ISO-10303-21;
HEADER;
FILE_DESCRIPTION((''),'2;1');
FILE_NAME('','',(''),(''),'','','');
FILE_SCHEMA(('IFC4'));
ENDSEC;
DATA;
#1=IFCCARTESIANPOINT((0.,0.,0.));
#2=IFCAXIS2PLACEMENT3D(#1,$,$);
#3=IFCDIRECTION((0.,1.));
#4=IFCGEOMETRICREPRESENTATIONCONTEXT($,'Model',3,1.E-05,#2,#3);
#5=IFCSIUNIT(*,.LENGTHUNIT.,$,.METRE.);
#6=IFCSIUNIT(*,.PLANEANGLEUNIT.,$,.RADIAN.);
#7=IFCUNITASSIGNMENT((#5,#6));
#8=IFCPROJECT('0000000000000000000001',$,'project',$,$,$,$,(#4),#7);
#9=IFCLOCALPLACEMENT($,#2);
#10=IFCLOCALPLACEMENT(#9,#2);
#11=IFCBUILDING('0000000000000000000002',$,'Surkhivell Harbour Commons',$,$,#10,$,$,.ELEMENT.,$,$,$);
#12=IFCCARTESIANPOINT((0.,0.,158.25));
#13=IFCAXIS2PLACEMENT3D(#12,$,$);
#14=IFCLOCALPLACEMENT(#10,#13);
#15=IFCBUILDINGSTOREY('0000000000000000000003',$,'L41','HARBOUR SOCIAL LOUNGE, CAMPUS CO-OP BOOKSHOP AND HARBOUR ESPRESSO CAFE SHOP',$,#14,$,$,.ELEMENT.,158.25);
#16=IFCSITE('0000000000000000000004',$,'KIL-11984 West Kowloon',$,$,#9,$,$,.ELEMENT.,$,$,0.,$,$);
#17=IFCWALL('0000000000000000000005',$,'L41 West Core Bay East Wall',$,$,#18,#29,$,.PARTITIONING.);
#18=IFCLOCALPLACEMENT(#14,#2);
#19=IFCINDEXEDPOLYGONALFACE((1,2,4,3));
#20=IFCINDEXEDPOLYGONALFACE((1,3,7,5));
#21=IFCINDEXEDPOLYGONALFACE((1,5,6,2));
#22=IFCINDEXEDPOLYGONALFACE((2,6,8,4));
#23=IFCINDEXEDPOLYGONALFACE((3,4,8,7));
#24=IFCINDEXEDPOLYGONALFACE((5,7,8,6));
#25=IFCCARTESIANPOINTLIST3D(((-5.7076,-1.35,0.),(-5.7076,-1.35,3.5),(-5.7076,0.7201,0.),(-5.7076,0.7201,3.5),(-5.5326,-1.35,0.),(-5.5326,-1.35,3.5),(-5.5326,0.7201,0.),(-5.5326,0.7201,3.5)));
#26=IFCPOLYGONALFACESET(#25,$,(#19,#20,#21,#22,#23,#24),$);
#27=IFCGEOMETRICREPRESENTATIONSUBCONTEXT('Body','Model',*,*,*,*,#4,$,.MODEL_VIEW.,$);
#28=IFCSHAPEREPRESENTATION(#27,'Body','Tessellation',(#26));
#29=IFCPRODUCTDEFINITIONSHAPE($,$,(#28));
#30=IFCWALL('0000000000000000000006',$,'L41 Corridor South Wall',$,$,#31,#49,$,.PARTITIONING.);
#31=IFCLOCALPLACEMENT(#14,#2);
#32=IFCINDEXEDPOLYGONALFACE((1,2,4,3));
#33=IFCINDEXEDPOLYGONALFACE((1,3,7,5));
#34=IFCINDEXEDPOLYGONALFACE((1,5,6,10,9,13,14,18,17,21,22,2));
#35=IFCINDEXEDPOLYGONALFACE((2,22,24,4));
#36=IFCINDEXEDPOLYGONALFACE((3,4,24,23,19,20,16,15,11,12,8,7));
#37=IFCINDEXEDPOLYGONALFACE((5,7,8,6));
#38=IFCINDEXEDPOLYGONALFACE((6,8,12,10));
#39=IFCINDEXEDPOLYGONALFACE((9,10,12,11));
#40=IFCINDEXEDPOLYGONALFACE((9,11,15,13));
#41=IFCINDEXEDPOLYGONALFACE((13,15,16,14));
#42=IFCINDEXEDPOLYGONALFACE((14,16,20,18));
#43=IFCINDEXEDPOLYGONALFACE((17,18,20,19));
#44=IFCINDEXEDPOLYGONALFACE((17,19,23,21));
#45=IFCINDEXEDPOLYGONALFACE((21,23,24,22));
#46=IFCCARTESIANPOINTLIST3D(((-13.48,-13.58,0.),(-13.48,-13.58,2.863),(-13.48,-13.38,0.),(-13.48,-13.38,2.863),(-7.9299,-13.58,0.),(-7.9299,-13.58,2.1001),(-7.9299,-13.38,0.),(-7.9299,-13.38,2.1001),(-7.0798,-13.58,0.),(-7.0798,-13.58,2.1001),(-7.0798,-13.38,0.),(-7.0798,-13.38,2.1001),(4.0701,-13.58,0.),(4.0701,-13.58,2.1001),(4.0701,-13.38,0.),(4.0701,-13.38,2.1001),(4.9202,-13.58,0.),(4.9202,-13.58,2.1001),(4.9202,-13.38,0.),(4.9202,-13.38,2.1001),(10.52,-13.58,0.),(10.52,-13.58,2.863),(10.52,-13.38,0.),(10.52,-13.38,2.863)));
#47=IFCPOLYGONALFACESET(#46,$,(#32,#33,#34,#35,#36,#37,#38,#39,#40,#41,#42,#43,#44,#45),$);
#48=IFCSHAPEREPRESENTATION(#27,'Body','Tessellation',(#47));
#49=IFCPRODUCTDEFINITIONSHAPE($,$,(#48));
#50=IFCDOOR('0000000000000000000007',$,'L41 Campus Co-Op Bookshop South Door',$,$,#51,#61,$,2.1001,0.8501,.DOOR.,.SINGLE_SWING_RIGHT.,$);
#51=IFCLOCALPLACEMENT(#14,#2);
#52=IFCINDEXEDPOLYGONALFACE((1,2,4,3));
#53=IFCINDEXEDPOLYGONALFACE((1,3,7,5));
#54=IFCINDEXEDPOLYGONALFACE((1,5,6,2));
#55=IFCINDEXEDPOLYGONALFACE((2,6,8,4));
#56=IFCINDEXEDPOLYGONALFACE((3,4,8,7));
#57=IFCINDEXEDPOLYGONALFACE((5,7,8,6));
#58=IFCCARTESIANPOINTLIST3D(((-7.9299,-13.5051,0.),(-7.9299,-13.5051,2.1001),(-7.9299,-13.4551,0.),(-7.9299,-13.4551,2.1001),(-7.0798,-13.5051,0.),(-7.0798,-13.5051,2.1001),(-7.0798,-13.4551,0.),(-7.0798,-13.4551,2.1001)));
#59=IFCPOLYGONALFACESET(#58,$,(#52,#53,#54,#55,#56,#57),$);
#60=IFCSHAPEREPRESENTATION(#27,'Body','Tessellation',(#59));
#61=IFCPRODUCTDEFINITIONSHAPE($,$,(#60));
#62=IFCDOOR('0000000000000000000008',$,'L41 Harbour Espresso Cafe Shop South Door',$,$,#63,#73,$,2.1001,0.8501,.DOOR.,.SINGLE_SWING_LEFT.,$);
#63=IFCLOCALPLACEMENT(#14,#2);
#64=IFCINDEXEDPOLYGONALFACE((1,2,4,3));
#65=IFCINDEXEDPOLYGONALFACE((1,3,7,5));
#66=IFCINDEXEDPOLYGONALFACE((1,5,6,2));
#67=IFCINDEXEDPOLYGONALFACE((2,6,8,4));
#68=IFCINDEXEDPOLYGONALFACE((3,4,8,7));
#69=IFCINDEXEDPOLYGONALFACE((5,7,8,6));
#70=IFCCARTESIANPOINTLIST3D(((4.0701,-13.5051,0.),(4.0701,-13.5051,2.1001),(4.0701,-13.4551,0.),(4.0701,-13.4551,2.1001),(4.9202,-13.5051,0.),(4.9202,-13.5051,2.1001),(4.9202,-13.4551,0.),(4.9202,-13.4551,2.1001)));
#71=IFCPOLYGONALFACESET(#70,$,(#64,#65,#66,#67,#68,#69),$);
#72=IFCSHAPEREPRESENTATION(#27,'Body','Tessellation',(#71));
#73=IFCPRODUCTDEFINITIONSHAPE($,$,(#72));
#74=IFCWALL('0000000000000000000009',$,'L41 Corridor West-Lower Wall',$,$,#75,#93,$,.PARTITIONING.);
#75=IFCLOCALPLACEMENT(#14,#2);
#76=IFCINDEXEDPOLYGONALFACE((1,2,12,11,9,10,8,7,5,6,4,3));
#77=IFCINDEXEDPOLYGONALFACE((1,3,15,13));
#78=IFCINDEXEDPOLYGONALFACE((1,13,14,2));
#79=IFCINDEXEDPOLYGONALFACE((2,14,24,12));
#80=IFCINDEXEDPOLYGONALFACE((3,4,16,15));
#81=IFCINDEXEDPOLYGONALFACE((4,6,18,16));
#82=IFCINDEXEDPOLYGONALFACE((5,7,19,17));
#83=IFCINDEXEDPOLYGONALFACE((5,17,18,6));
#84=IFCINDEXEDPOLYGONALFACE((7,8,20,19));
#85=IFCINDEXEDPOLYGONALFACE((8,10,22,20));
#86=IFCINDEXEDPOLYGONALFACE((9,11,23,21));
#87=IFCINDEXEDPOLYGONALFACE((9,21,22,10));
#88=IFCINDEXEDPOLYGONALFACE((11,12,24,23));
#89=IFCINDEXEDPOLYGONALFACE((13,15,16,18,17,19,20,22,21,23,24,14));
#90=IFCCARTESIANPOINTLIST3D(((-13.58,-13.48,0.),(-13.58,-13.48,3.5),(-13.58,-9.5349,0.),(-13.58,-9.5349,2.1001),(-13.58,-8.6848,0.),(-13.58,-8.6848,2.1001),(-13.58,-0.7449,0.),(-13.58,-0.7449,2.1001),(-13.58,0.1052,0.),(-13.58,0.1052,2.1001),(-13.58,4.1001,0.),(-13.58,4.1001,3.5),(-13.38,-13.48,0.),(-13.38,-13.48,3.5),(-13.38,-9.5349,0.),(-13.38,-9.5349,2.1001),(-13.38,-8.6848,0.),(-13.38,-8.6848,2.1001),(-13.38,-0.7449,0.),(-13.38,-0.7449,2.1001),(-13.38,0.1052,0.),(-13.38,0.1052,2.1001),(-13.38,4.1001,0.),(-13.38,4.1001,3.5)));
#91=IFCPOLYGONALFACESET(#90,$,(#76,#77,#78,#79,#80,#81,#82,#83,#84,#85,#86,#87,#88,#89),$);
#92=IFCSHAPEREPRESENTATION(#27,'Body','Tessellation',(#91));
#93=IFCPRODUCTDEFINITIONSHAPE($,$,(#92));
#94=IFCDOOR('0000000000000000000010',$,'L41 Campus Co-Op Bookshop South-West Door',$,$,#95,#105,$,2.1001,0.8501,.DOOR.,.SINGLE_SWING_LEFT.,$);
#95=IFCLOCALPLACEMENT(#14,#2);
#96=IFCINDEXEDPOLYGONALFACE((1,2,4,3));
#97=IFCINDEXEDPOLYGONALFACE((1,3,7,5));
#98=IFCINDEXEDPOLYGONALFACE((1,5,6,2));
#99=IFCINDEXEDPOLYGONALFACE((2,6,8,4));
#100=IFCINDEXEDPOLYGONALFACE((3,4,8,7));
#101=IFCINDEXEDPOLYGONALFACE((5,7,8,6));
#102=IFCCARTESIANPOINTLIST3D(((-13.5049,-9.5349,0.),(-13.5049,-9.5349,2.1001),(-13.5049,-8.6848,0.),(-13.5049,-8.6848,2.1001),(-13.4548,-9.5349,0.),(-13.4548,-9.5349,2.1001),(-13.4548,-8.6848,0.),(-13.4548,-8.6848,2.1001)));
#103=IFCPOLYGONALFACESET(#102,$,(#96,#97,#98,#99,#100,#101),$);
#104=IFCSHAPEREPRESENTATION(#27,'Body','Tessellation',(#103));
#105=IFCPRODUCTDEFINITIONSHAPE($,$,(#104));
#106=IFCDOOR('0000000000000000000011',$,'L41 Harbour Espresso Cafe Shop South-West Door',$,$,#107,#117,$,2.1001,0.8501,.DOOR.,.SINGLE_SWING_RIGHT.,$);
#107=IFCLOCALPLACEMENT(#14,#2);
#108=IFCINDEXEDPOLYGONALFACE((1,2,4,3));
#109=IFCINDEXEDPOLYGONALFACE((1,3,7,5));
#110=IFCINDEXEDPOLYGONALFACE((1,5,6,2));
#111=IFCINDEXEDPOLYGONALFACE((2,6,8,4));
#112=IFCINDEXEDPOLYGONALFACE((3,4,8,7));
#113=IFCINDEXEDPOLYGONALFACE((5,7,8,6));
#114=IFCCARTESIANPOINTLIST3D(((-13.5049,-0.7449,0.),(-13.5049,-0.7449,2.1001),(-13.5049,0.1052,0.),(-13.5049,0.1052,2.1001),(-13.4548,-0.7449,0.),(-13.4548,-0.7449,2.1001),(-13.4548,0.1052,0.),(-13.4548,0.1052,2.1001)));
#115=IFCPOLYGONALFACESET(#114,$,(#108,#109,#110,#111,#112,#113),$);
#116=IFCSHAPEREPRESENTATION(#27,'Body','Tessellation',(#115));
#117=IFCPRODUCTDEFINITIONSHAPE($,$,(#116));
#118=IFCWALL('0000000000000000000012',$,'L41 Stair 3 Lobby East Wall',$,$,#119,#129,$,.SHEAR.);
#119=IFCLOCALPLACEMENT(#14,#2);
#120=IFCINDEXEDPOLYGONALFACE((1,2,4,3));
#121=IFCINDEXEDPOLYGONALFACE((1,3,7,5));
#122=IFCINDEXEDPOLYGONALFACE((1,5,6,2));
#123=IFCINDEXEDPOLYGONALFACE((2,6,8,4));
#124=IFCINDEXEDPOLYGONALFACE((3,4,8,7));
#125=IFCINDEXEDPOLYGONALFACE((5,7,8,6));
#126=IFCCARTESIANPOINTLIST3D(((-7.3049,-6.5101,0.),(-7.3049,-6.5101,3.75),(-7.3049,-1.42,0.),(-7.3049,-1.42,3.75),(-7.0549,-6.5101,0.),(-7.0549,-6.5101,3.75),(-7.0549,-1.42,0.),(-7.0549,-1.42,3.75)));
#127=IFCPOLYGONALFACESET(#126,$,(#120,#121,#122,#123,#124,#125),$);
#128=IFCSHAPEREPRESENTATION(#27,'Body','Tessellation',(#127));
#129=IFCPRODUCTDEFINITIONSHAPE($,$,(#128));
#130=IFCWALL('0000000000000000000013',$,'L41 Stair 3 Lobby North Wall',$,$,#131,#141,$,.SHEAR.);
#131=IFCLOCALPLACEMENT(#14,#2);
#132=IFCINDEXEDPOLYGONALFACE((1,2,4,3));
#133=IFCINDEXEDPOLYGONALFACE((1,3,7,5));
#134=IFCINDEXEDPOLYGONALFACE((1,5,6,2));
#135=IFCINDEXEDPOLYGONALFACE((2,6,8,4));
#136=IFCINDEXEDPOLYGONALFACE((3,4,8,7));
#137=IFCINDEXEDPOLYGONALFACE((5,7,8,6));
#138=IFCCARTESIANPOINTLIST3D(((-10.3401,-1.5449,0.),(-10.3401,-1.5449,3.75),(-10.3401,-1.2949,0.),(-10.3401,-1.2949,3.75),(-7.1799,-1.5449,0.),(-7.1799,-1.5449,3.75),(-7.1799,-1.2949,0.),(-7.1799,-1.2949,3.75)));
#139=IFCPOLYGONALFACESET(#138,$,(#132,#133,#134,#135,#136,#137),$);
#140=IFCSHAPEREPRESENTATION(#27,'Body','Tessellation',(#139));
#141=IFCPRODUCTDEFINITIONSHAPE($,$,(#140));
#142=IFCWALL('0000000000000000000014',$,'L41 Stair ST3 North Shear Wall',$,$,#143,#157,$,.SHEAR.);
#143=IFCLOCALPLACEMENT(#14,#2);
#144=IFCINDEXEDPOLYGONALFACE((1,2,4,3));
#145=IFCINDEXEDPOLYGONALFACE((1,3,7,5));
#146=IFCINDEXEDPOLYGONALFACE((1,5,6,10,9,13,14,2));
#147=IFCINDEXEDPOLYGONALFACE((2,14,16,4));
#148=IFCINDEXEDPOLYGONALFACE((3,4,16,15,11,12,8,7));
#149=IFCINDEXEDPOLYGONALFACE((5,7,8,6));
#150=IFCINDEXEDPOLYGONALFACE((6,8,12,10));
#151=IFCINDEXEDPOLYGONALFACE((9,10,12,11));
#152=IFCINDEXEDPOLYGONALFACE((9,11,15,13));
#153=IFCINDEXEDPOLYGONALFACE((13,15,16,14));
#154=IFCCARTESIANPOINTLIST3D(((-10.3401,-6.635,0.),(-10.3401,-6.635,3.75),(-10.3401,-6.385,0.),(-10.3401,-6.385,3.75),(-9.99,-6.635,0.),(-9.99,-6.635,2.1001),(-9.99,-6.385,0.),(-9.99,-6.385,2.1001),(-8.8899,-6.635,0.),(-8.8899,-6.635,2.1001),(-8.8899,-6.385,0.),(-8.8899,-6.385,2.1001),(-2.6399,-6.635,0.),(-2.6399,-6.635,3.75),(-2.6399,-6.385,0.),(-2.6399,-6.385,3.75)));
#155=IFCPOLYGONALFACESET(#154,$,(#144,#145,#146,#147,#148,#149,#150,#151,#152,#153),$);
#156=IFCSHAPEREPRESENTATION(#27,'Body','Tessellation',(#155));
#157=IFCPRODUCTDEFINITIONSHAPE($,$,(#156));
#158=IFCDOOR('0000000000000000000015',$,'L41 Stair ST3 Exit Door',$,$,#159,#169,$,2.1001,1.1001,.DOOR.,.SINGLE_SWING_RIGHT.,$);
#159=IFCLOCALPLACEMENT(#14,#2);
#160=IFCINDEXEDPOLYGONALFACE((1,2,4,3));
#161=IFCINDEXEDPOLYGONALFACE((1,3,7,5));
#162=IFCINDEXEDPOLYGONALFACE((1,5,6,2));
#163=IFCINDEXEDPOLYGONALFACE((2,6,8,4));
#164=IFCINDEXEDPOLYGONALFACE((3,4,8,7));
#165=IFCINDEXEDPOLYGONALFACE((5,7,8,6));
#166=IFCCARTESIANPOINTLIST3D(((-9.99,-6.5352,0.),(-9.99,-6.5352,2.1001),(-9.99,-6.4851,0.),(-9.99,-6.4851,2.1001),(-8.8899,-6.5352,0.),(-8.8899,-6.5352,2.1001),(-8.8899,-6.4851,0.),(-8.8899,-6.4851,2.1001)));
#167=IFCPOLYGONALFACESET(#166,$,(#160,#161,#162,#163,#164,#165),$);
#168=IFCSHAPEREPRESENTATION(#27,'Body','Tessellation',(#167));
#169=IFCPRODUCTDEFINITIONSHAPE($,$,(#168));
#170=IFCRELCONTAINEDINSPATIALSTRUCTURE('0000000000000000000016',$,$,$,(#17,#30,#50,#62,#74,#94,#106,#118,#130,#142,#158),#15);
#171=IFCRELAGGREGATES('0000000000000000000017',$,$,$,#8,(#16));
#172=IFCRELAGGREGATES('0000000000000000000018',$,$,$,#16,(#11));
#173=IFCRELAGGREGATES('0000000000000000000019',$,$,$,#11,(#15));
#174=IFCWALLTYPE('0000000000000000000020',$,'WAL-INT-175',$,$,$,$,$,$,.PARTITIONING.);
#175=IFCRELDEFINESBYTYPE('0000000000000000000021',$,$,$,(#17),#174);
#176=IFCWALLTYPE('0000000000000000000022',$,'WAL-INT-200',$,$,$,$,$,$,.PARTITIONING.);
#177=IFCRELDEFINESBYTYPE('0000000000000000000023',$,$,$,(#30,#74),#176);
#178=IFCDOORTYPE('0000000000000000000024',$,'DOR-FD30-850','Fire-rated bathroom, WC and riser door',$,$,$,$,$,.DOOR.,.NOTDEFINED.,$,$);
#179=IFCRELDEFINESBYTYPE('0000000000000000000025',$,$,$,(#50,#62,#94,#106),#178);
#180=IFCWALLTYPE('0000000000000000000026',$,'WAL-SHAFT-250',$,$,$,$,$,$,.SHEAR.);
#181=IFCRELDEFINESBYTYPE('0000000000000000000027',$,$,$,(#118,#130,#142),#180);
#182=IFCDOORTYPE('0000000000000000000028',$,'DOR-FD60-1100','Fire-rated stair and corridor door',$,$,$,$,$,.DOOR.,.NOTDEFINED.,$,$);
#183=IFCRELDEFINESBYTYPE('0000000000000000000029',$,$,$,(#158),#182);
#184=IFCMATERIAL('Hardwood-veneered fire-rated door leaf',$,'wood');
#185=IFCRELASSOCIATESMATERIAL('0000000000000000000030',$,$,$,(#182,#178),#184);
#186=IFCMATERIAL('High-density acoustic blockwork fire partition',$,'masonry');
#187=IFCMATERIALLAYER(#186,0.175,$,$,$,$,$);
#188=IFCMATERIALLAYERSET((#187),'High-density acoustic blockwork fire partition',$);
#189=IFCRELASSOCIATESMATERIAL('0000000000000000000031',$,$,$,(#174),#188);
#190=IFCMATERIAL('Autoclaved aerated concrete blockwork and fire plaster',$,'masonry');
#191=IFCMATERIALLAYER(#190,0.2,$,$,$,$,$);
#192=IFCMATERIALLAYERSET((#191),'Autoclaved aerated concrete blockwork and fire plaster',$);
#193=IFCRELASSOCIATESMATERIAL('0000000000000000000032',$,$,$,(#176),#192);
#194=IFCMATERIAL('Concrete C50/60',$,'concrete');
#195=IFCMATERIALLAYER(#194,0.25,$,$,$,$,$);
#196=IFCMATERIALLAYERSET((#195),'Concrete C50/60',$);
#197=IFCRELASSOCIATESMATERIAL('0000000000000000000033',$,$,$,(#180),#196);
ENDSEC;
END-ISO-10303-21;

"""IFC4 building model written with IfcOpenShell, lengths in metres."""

from ifc_helpers import new_model, si_unit, direction, frame, frame_2d, origin, place, context, subcontext, project, spatial, rectangle, extrude, material, layer, layer_set, type_object, element, fill, save


model = new_model("IFC4")

# Units and contexts
model_context = context("Model", 3, precision=1e-05, world=origin(), true_north=direction((0.0, 1.0)))
body_context = subcontext(model_context, "Body", "Model", "MODEL_VIEW")
ifc_project = project(units=[si_unit("LENGTHUNIT", "METRE"), si_unit("PLANEANGLEUNIT", "RADIAN")], contexts=[model_context])

# Site, building, storey
site_placement = place(None, origin())
site = spatial("IfcSite", under=ifc_project, at=site_placement, Name="KIL-11984 West Kowloon", CompositionType="ELEMENT", RefElevation=0.0)
building_placement = place(site_placement, origin())
building = spatial("IfcBuilding", under=site, at=building_placement, Name="Surkhivell Harbour Commons", CompositionType="ELEMENT")
storey_placement = place(building_placement, frame((0.0, 0.0, 158.25)))
storey = spatial("IfcBuildingStorey", under=building, at=storey_placement, Name="L41", Description="HARBOUR SOCIAL LOUNGE, CAMPUS CO-OP BOOKSHOP AND HARBOUR ESPRESSO CAFE SHOP", CompositionType="ELEMENT", Elevation=158.25)

# Shared definitions
ifc_material_1 = material(Name="Hardwood-veneered fire-rated door leaf", Category="wood")
door_type_1 = type_object("IfcDoorType", Name="DOR-FD60-1100", Description="Fire-rated stair and corridor door", OperationType="NOTDEFINED", PredefinedType="DOOR", material=ifc_material_1)

# Shared definitions
door_type_2 = type_object("IfcDoorType", Name="DOR-FD30-850", Description="Fire-rated bathroom, WC and riser door", OperationType="NOTDEFINED", PredefinedType="DOOR", material=ifc_material_1)

# Wall
ifc_material_2 = material(Name="High-density acoustic blockwork fire partition", Category="masonry")
ifc_layer_1 = layer(ifc_material_2, 0.175)
ifc_layer_set_1 = layer_set([ifc_layer_1], Name="High-density acoustic blockwork fire partition")
wall_type_1 = type_object("IfcWallType", Name="WAL-INT-175", PredefinedType="PARTITIONING", material=ifc_layer_set_1)
wall_1_placement = place(storey_placement, frame((-5.6201, -1.3501, 0.0), z_axis=(0.0, 0.0, 1.0), x_axis=(0.0, 1.0, 0.0)))
element("IfcWall", 1, at=wall_1_placement, inside=storey, type_object=wall_type_1, Name="L41 West Core Bay East Wall", PredefinedType="PARTITIONING", context=body_context, shape_type="SweptSolid", body=[
    extrude(rectangle(XDim=2.0701, YDim=0.175, at=frame_2d((1.0352, 0.0))), origin(), (0.0, 0.0, 1.0), 3.5),
])

# Walls, openings, doors
ifc_material_3 = material(Name="Autoclaved aerated concrete blockwork and fire plaster", Category="masonry")
ifc_layer_2 = layer(ifc_material_3, 0.2)
ifc_layer_set_2 = layer_set([ifc_layer_2], Name="Autoclaved aerated concrete blockwork and fire plaster")
wall_type_2 = type_object("IfcWallType", Name="WAL-INT-200", PredefinedType="PARTITIONING", material=ifc_layer_set_2)
wall_2_placement = place(storey_placement, frame((-13.48, -13.48, 0.0), z_axis=(0.0, 0.0, 1.0), x_axis=(1.0, 0.0, 0.0)))
wall_2 = element("IfcWall", 2, at=wall_2_placement, inside=storey, type_object=wall_type_2, Name="L41 Corridor South Wall", PredefinedType="PARTITIONING", context=body_context, shape_type="SweptSolid", body=[
    extrude(rectangle(XDim=24.0, YDim=0.2, at=frame_2d((12.0, 0.0))), origin(), (0.0, 0.0, 1.0), 2.863),
])
opening_1_placement = place(wall_2_placement, frame((5.55, 0.0, 0.0)))
opening_1 = element("IfcOpeningElement", 3, at=opening_1_placement, cuts=wall_2, PredefinedType="OPENING", context=body_context, shape_type="SweptSolid", body=[
    extrude(rectangle(XDim=0.8501, YDim=2.1001, at=frame_2d((0.425, 1.05))), frame((0.0, 0.1099, 0.0), z_axis=(0.0, -1.0, 0.0), x_axis=(1.0, 0.0, 0.0)), (0.0, 0.0, 1.0), 0.22),
])
opening_2_placement = place(wall_2_placement, frame((17.55, 0.0, 0.0)))
opening_2 = element("IfcOpeningElement", 4, at=opening_2_placement, cuts=wall_2, PredefinedType="OPENING", context=body_context, shape_type="SweptSolid", body=[
    extrude(rectangle(XDim=0.8501, YDim=2.1001, at=frame_2d((0.425, 1.05))), frame((0.0, 0.1099, 0.0), z_axis=(0.0, -1.0, 0.0), x_axis=(1.0, 0.0, 0.0)), (0.0, 0.0, 1.0), 0.22),
])
door_1_placement = place(opening_1_placement, origin())
door_1 = element("IfcDoor", 5, at=door_1_placement, inside=storey, type_object=door_type_2, Name="L41 Campus Co-Op Bookshop South Door", OperationType="SINGLE_SWING_RIGHT", OverallHeight=2.1001, OverallWidth=0.8501, PredefinedType="DOOR", context=body_context, shape_type="SweptSolid", body=[
    extrude(rectangle(XDim=0.8501, YDim=2.1001, at=frame_2d((0.425, 1.05))), frame((0.0, 0.0249, 0.0), z_axis=(0.0, -1.0, 0.0), x_axis=(1.0, 0.0, 0.0)), (0.0, 0.0, 1.0), 0.05),
])
fill(opening_1, door_1)
door_2_placement = place(opening_2_placement, origin())
door_2 = element("IfcDoor", 6, at=door_2_placement, inside=storey, type_object=door_type_2, Name="L41 Harbour Espresso Cafe Shop South Door", OperationType="SINGLE_SWING_LEFT", OverallHeight=2.1001, OverallWidth=0.8501, PredefinedType="DOOR", context=body_context, shape_type="SweptSolid", body=[
    extrude(rectangle(XDim=0.8501, YDim=2.1001, at=frame_2d((0.425, 1.05))), frame((0.0, 0.0249, 0.0), z_axis=(0.0, -1.0, 0.0), x_axis=(1.0, 0.0, 0.0)), (0.0, 0.0, 1.0), 0.05),
])
fill(opening_2, door_2)
wall_3_placement = place(storey_placement, frame((-13.48, -13.48, 0.0), z_axis=(0.0, 0.0, 1.0), x_axis=(0.0, 1.0, 0.0)))
wall_3 = element("IfcWall", 7, at=wall_3_placement, inside=storey, type_object=wall_type_2, Name="L41 Corridor West-Lower Wall", PredefinedType="PARTITIONING", context=body_context, shape_type="SweptSolid", body=[
    extrude(rectangle(XDim=17.5801, YDim=0.2, at=frame_2d((8.79, 0.0))), origin(), (0.0, 0.0, 1.0), 3.5),
])
opening_3_placement = place(wall_3_placement, frame((3.9451, 0.0, 0.0)))
opening_3 = element("IfcOpeningElement", 8, at=opening_3_placement, cuts=wall_3, PredefinedType="OPENING", context=body_context, shape_type="SweptSolid", body=[
    extrude(rectangle(XDim=0.8501, YDim=2.1001, at=frame_2d((0.425, 1.05))), frame((0.0, 0.1099, 0.0), z_axis=(0.0, -1.0, 0.0), x_axis=(1.0, 0.0, 0.0)), (0.0, 0.0, 1.0), 0.22),
])
opening_4_placement = place(wall_3_placement, frame((12.7351, 0.0, 0.0)))
opening_4 = element("IfcOpeningElement", 9, at=opening_4_placement, cuts=wall_3, PredefinedType="OPENING", context=body_context, shape_type="SweptSolid", body=[
    extrude(rectangle(XDim=0.8501, YDim=2.1001, at=frame_2d((0.425, 1.05))), frame((0.0, 0.1099, 0.0), z_axis=(0.0, -1.0, 0.0), x_axis=(1.0, 0.0, 0.0)), (0.0, 0.0, 1.0), 0.22),
])
door_3_placement = place(opening_3_placement, origin())
door_3 = element("IfcDoor", 10, at=door_3_placement, inside=storey, type_object=door_type_2, Name="L41 Campus Co-Op Bookshop South-West Door", OperationType="SINGLE_SWING_LEFT", OverallHeight=2.1001, OverallWidth=0.8501, PredefinedType="DOOR", context=body_context, shape_type="SweptSolid", body=[
    extrude(rectangle(XDim=0.8501, YDim=2.1001, at=frame_2d((0.425, 1.05))), frame((0.0, 0.0249, 0.0), z_axis=(0.0, -1.0, 0.0), x_axis=(1.0, 0.0, 0.0)), (0.0, 0.0, 1.0), 0.05),
])
fill(opening_3, door_3)
door_4_placement = place(opening_4_placement, origin())
door_4 = element("IfcDoor", 11, at=door_4_placement, inside=storey, type_object=door_type_2, Name="L41 Harbour Espresso Cafe Shop South-West Door", OperationType="SINGLE_SWING_RIGHT", OverallHeight=2.1001, OverallWidth=0.8501, PredefinedType="DOOR", context=body_context, shape_type="SweptSolid", body=[
    extrude(rectangle(XDim=0.8501, YDim=2.1001, at=frame_2d((0.425, 1.05))), frame((0.0, 0.0249, 0.0), z_axis=(0.0, -1.0, 0.0), x_axis=(1.0, 0.0, 0.0)), (0.0, 0.0, 1.0), 0.05),
])
fill(opening_4, door_4)

# Walls
ifc_material_4 = material(Name="Concrete C50/60", Category="concrete")
ifc_layer_3 = layer(ifc_material_4, 0.25)
ifc_layer_set_3 = layer_set([ifc_layer_3], Name="Concrete C50/60")
wall_type_3 = type_object("IfcWallType", Name="WAL-SHAFT-250", PredefinedType="SHEAR", material=ifc_layer_set_3)
wall_4_placement = place(storey_placement, frame((-7.1799, -6.51, 0.0), z_axis=(0.0, 0.0, 1.0), x_axis=(0.0, 1.0, 0.0)))
element("IfcWall", 12, at=wall_4_placement, inside=storey, type_object=wall_type_3, Name="L41 Stair 3 Lobby East Wall", PredefinedType="SHEAR", context=body_context, shape_type="SweptSolid", body=[
    extrude(rectangle(XDim=5.0901, YDim=0.25, at=frame_2d((2.5449, 0.0))), origin(), (0.0, 0.0, 1.0), 3.75),
])
wall_5_placement = place(storey_placement, frame((-10.3401, -1.4199, 0.0), z_axis=(0.0, 0.0, 1.0), x_axis=(1.0, 0.0, 0.0)))
element("IfcWall", 13, at=wall_5_placement, inside=storey, type_object=wall_type_3, Name="L41 Stair 3 Lobby North Wall", PredefinedType="SHEAR", context=body_context, shape_type="SweptSolid", body=[
    extrude(rectangle(XDim=3.1602, YDim=0.25, at=frame_2d((1.5801, 0.0))), origin(), (0.0, 0.0, 1.0), 3.75),
])

# Wall, opening, door
wall_6_placement = place(storey_placement, frame((-10.3401, -6.51, 0.0), z_axis=(0.0, 0.0, 1.0), x_axis=(1.0, 0.0, 0.0)))
wall_6 = element("IfcWall", 14, at=wall_6_placement, inside=storey, type_object=wall_type_3, Name="L41 Stair ST3 North Shear Wall", PredefinedType="SHEAR", context=body_context, shape_type="SweptSolid", body=[
    extrude(rectangle(XDim=7.7002, YDim=0.25, at=frame_2d((3.8501, 0.0))), origin(), (0.0, 0.0, 1.0), 3.75),
])
opening_5_placement = place(wall_6_placement, frame((0.3501, 0.0, 0.0)))
opening_5 = element("IfcOpeningElement", 15, at=opening_5_placement, cuts=wall_6, PredefinedType="OPENING", context=body_context, shape_type="SweptSolid", body=[
    extrude(rectangle(XDim=1.1001, YDim=2.1001, at=frame_2d((0.55, 1.05))), frame((0.0, 0.135, 0.0), z_axis=(0.0, -1.0, 0.0), x_axis=(1.0, 0.0, 0.0)), (0.0, 0.0, 1.0), 0.27),
])
door_5_placement = place(opening_5_placement, origin())
door_5 = element("IfcDoor", 16, at=door_5_placement, inside=storey, type_object=door_type_1, Name="L41 Stair ST3 Exit Door", OperationType="SINGLE_SWING_RIGHT", OverallHeight=2.1001, OverallWidth=1.1001, PredefinedType="DOOR", context=body_context, shape_type="SweptSolid", body=[
    extrude(rectangle(XDim=1.1001, YDim=2.1001, at=frame_2d((0.55, 1.05))), frame((0.0, 0.0249, 0.0), z_axis=(0.0, -1.0, 0.0), x_axis=(1.0, 0.0, 0.0)), (0.0, 0.0, 1.0), 0.05),
])
fill(opening_5, door_5)

save(model, "model.ifc")
